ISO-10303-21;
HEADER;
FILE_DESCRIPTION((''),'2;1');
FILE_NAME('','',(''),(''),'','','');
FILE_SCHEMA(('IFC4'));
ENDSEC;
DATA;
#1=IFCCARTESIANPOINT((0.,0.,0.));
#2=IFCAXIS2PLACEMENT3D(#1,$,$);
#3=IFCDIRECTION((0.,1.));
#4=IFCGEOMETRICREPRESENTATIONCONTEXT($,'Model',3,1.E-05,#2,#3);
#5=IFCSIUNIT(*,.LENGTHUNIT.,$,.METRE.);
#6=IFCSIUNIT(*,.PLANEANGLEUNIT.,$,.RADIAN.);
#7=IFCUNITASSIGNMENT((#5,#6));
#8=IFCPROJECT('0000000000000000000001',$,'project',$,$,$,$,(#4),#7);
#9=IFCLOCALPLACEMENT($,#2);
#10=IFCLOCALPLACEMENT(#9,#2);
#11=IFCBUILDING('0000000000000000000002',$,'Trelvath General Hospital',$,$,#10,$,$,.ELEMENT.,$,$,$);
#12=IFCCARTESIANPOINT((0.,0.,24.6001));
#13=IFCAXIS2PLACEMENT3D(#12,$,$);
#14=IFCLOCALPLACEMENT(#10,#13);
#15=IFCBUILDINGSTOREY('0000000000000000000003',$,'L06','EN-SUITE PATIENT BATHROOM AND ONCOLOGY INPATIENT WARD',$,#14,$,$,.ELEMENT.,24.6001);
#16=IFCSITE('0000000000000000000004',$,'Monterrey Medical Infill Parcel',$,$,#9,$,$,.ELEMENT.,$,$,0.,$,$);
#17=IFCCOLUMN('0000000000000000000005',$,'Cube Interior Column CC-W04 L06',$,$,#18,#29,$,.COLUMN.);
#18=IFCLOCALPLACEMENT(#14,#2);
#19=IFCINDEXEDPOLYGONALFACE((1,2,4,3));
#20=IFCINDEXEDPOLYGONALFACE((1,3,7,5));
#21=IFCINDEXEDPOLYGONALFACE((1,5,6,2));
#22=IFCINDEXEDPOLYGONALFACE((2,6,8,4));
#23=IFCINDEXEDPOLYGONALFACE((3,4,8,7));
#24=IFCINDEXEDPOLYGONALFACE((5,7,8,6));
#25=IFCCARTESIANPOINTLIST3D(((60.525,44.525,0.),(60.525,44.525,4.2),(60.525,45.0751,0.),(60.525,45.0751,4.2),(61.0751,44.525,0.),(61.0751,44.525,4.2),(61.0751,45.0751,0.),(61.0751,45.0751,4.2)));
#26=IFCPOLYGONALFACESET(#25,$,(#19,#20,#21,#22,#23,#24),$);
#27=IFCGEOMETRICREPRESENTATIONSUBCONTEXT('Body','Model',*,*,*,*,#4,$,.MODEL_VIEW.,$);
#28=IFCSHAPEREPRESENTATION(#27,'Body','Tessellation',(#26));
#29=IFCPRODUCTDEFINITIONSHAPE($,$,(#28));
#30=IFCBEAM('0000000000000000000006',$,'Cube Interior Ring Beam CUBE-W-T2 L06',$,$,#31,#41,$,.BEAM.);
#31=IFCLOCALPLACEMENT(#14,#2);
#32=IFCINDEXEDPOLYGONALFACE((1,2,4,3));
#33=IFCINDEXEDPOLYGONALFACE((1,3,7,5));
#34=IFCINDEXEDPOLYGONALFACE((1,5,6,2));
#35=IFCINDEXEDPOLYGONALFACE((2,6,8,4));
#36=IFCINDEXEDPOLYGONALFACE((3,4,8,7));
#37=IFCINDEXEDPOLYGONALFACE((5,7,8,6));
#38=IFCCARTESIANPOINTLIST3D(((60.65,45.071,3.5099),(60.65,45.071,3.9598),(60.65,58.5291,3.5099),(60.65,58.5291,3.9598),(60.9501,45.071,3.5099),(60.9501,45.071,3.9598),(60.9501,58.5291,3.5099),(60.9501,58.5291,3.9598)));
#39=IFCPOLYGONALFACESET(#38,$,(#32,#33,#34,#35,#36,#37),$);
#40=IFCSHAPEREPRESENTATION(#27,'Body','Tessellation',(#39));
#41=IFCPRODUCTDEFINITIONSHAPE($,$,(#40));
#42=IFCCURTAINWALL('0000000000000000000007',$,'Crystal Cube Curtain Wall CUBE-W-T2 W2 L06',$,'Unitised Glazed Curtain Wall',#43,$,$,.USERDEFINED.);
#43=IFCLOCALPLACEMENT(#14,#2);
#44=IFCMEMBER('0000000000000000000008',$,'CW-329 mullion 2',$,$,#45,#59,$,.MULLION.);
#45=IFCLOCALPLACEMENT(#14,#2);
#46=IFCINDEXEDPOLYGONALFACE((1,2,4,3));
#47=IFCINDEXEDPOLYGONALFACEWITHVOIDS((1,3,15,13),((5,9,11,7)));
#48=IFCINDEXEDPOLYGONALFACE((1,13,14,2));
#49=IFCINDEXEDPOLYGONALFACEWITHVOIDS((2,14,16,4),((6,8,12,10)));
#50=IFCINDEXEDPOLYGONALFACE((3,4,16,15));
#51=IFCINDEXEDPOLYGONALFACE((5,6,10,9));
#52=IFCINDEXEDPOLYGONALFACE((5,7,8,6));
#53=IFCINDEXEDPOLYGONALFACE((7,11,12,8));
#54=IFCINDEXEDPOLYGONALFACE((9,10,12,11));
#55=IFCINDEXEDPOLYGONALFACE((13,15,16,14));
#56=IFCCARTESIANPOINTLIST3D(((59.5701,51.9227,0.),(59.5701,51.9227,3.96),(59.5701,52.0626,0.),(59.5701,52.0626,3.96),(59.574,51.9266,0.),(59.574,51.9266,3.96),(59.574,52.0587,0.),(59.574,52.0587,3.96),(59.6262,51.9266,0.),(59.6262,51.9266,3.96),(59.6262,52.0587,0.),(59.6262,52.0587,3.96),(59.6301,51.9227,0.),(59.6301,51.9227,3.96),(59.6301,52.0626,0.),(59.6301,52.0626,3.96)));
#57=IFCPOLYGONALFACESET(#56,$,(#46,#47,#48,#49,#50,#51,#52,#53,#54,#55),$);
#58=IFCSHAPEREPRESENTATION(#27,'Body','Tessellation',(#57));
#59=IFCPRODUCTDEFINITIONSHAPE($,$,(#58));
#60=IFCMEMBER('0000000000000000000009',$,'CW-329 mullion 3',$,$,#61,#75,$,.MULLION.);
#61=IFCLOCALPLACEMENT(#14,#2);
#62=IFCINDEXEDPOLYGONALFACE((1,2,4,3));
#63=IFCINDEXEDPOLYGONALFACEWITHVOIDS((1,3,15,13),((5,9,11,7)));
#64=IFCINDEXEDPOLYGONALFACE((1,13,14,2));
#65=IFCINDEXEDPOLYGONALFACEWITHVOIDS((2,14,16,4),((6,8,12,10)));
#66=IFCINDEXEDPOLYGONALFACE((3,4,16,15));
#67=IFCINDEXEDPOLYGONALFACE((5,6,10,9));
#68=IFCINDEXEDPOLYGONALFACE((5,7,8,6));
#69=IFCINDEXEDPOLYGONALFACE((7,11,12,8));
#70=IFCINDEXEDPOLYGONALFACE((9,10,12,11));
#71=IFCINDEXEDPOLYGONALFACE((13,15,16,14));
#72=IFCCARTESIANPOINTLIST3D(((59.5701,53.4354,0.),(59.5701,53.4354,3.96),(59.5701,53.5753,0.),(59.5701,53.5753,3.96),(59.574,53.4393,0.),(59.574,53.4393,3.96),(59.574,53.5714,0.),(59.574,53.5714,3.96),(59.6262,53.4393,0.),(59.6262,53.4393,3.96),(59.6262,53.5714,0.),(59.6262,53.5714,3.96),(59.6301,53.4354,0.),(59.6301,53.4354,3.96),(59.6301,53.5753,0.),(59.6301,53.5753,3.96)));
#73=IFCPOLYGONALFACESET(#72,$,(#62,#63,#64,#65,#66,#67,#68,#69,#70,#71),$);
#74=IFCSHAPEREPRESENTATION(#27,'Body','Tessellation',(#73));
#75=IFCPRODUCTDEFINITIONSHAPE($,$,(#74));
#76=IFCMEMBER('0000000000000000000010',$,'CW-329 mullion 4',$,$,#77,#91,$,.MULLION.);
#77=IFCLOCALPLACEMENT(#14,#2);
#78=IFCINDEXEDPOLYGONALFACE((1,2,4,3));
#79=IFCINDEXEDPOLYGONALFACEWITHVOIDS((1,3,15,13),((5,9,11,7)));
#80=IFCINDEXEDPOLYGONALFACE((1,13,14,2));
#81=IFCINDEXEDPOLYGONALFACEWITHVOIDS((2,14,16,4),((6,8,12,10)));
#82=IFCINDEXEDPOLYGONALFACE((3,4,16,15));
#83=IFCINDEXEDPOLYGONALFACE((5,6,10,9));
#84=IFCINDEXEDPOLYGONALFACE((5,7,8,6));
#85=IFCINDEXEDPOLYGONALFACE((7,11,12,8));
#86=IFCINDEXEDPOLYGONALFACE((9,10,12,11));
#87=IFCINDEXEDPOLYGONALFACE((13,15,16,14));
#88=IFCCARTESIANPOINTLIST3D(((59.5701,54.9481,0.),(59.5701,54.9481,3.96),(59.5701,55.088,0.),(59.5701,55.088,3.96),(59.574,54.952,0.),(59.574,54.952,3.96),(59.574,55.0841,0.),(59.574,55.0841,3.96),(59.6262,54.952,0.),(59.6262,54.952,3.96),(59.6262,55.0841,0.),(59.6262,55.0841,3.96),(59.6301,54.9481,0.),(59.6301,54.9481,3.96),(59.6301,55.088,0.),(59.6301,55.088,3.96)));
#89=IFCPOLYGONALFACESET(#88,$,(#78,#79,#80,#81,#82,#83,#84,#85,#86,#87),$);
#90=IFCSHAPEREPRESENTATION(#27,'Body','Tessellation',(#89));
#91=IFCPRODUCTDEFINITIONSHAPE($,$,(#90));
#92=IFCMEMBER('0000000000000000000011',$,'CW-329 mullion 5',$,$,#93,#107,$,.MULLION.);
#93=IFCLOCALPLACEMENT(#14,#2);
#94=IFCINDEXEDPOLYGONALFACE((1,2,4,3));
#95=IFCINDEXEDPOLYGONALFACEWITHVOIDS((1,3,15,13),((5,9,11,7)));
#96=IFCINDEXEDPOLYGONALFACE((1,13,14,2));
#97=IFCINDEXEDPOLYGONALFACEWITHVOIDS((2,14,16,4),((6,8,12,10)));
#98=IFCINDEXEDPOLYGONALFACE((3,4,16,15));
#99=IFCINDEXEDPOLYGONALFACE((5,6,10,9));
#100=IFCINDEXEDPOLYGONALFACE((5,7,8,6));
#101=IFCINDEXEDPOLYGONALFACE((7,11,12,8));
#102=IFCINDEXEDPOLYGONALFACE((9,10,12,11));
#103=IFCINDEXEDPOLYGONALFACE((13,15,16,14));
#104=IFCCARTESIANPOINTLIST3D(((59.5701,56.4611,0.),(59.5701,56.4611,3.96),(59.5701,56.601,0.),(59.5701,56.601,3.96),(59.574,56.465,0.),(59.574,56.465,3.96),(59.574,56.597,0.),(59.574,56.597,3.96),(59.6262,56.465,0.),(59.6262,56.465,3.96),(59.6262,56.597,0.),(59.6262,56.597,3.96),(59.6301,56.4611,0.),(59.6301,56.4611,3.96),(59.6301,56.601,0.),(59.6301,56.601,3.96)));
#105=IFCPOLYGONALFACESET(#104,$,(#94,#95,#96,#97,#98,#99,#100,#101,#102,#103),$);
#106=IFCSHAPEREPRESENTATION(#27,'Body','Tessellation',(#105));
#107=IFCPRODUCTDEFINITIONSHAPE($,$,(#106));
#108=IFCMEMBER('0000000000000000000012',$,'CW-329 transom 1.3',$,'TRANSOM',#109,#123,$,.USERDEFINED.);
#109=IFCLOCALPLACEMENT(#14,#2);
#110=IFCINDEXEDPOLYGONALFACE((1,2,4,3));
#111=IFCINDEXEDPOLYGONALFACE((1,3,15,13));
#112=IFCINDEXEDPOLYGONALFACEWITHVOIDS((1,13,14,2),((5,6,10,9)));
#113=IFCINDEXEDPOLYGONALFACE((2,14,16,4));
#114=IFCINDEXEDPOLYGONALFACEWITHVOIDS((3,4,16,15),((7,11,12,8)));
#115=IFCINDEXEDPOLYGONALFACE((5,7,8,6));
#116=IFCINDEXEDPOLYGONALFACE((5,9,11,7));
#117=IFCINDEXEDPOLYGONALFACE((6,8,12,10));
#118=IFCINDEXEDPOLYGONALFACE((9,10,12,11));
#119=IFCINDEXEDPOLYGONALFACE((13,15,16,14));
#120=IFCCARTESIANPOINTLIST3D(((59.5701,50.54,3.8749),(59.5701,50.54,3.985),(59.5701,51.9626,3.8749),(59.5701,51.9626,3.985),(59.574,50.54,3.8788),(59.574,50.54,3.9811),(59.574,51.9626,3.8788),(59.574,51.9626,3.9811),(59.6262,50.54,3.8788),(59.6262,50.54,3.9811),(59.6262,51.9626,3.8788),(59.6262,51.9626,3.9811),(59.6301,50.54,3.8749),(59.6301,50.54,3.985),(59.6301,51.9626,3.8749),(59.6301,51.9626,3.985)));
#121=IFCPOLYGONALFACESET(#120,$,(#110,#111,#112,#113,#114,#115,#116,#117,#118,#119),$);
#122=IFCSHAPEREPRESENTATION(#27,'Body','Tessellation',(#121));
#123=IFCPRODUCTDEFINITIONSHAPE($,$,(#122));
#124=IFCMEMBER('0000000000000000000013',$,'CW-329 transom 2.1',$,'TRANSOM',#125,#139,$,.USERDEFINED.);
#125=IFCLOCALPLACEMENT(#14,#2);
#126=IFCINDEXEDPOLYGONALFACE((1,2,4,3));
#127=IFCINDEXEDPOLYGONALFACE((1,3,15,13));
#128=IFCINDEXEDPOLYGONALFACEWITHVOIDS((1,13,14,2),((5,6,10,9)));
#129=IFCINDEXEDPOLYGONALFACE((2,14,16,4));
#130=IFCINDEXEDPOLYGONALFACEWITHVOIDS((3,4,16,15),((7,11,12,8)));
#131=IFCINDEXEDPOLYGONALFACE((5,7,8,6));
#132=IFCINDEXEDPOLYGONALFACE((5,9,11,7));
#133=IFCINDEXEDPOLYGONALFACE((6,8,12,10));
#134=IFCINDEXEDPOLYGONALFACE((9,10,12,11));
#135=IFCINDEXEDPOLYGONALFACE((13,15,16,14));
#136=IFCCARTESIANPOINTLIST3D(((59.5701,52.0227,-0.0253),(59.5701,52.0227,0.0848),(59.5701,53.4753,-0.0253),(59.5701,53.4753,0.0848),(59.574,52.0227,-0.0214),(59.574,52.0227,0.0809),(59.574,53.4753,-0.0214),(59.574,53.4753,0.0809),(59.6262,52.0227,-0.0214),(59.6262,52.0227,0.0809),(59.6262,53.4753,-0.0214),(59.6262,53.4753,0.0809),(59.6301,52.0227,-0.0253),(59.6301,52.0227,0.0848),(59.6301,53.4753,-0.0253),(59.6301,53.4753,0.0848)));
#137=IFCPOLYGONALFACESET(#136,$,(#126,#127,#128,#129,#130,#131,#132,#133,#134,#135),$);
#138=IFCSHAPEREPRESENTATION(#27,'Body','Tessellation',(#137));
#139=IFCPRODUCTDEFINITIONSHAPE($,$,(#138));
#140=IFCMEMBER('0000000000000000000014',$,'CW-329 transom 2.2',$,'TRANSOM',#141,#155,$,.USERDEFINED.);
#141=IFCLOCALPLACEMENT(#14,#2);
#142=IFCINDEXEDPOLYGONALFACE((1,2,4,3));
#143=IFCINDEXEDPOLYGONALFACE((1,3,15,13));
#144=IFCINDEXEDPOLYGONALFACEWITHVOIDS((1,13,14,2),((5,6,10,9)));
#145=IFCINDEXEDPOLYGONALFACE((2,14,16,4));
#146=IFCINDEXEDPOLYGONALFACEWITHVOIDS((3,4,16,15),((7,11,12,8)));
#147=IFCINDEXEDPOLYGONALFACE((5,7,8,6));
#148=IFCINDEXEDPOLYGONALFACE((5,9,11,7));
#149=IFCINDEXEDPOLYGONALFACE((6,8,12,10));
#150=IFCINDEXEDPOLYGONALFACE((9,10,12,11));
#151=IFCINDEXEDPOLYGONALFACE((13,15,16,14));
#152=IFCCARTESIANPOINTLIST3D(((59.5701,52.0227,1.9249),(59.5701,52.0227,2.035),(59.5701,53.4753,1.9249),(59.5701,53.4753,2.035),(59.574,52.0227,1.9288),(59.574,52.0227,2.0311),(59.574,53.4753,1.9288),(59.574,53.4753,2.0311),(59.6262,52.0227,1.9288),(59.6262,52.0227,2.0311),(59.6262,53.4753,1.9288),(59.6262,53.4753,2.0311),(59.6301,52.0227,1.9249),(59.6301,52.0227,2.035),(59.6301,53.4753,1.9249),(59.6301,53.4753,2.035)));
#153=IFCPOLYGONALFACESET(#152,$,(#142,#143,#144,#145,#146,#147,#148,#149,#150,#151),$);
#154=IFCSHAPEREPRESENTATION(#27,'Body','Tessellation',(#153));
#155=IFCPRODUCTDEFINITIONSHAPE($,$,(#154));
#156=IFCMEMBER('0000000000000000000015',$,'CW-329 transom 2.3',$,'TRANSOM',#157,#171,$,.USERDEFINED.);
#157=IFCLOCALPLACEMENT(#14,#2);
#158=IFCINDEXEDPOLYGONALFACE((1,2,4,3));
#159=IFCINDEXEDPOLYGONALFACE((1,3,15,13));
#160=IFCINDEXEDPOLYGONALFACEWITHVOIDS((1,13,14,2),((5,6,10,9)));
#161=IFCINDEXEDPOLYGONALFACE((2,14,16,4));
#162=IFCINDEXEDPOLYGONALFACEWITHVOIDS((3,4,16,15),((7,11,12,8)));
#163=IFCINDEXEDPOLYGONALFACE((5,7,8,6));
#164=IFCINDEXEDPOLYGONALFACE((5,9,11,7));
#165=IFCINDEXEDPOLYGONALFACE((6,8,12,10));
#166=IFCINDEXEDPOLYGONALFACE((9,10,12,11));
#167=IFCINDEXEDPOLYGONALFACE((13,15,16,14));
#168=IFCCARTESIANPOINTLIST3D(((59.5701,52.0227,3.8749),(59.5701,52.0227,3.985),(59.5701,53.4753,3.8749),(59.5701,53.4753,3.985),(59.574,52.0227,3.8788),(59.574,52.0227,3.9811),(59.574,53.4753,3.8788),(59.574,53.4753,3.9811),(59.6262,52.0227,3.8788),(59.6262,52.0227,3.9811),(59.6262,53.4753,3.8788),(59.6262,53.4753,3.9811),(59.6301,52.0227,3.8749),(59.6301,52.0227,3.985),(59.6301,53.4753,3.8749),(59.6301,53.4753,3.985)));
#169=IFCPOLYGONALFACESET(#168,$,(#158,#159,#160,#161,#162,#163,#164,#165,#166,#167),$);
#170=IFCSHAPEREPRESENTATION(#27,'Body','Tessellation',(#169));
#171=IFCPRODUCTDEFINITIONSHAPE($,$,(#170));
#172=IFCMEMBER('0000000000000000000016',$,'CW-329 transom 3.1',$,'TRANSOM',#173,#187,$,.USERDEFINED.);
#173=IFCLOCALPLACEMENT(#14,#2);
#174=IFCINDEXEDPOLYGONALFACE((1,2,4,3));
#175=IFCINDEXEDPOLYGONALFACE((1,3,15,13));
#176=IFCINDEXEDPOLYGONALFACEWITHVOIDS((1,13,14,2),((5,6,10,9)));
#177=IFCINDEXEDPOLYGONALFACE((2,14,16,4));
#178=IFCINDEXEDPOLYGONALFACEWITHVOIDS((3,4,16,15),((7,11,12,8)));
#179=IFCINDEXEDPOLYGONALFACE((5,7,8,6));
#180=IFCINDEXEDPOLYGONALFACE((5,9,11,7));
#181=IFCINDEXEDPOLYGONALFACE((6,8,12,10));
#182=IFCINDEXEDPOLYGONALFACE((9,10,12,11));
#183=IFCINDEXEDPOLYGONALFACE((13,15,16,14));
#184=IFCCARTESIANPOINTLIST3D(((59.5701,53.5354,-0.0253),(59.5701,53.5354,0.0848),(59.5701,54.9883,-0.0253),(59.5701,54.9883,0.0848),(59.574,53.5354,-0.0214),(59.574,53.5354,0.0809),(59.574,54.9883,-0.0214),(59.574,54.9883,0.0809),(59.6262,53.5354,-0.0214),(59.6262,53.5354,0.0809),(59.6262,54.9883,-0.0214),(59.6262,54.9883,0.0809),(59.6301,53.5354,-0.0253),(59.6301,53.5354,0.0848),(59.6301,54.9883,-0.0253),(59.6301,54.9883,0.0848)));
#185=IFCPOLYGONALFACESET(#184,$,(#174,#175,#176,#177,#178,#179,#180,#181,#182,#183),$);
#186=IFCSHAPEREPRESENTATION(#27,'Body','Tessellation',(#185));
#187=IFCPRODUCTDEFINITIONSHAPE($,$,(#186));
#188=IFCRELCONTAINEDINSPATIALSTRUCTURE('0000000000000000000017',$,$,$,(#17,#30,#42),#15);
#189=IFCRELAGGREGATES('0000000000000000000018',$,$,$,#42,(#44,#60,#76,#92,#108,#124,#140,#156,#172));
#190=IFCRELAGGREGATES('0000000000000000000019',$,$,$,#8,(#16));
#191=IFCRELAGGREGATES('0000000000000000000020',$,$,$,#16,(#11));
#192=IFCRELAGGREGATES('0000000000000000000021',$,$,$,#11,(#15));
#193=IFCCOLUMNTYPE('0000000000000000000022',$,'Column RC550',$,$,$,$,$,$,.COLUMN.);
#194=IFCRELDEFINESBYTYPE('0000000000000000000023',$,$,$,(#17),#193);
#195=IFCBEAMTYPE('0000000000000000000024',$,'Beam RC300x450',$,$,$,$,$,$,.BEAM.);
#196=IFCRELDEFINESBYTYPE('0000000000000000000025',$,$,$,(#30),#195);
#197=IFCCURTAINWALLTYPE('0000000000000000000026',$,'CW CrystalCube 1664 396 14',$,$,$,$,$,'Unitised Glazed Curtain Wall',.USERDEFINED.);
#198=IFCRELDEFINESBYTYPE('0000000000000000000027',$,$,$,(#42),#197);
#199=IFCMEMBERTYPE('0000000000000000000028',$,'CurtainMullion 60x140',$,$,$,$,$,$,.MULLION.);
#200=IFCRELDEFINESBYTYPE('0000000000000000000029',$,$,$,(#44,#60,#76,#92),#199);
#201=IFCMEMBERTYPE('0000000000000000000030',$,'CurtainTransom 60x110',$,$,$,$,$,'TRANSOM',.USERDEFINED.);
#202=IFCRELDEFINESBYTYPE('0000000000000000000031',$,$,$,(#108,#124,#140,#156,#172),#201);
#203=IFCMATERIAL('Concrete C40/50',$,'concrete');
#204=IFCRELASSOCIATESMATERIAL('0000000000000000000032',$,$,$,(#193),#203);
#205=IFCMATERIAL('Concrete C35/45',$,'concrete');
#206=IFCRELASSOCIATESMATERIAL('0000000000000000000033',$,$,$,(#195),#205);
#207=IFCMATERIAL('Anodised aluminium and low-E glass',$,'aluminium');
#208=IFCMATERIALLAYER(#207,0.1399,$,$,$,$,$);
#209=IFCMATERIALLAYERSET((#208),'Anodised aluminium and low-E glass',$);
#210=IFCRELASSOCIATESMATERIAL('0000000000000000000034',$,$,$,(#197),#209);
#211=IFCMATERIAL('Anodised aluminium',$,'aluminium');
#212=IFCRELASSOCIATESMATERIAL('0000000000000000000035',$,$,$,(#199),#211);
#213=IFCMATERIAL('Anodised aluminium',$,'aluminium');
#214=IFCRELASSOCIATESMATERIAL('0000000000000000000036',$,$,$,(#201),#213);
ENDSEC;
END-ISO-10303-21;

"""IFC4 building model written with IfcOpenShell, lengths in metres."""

from ifc_helpers import new_model, si_unit, direction, frame, origin, origin_2d, place, context, subcontext, project, spatial, rectangle, hollow_rectangle, extrude, material, layer, layer_set, material_profile, profile_set, type_object, element, aggregate, save


model = new_model("IFC4")

# Units and contexts
model_context = context("Model", 3, precision=1e-05, world=origin(), true_north=direction((0.0, 1.0)))
body_context = subcontext(model_context, "Body", "Model", "MODEL_VIEW")
ifc_project = project(units=[si_unit("LENGTHUNIT", "METRE"), si_unit("PLANEANGLEUNIT", "RADIAN")], contexts=[model_context])

# Site, building, storey
site_placement = place(None, origin())
site = spatial("IfcSite", under=ifc_project, at=site_placement, Name="Monterrey Medical Infill Parcel", CompositionType="ELEMENT", RefElevation=0.0)
building_placement = place(site_placement, origin())
building = spatial("IfcBuilding", under=site, at=building_placement, Name="Trelvath General Hospital", CompositionType="ELEMENT")
storey_placement = place(building_placement, frame((0.0, 0.0, 24.6001)))
storey = spatial("IfcBuildingStorey", under=building, at=storey_placement, Name="L06", Description="EN-SUITE PATIENT BATHROOM AND ONCOLOGY INPATIENT WARD", CompositionType="ELEMENT", Elevation=24.6001)

# Column
ifc_material_1 = material(Name="Concrete C40/50", Category="concrete")
ifc_material_profile_1 = material_profile(ifc_material_1, rectangle(XDim=0.55, YDim=0.55, at=origin_2d()), Name="RC550x550")
ifc_profile_set_1 = profile_set([ifc_material_profile_1], Name="Concrete C40/50")
column_type = type_object("IfcColumnType", Name="Column RC550", PredefinedType="COLUMN", material=ifc_profile_set_1)
column_placement = place(storey_placement, frame((60.8, 44.8, 0.0), z_axis=(0.0, 0.0, 1.0), x_axis=(1.0, 0.0, 0.0)))
element("IfcColumn", 1, at=column_placement, inside=storey, type_object=column_type, Name="Cube Interior Column CC-W04 L06", PredefinedType="COLUMN", context=body_context, shape_type="SweptSolid", body=[
    extrude(rectangle(XDim=0.55, YDim=0.55, at=origin_2d()), origin(), (0.0, 0.0, 1.0), 4.2),
])

# Beam
ifc_material_2 = material(Name="Concrete C35/45", Category="concrete")
ifc_material_profile_2 = material_profile(ifc_material_2, rectangle(XDim=0.3, YDim=0.45, at=origin_2d()), Name="RCB300x450")
ifc_profile_set_2 = profile_set([ifc_material_profile_2], Name="Concrete C35/45")
beam_type = type_object("IfcBeamType", Name="Beam RC300x450", PredefinedType="BEAM", material=ifc_profile_set_2)
beam_placement = place(storey_placement, frame((60.8, 45.071, 3.7349), z_axis=(0.0, 1.0, 0.0), x_axis=(-1.0, 0.0, 0.0)))
element("IfcBeam", 2, at=beam_placement, inside=storey, type_object=beam_type, Name="Cube Interior Ring Beam CUBE-W-T2 L06", PredefinedType="BEAM", context=body_context, shape_type="SweptSolid", body=[
    extrude(rectangle(XDim=0.3, YDim=0.45, at=origin_2d()), origin(), (0.0, 0.0, 1.0), 13.458),
])

# Curtain wall, members
ifc_material_3 = material(Name="Anodised aluminium and low-E glass", Category="aluminium")
ifc_layer_1 = layer(ifc_material_3, 0.1399)
ifc_layer_set_1 = layer_set([ifc_layer_1], Name="Anodised aluminium and low-E glass")
curtain_wall_type_1 = type_object("IfcCurtainWallType", Name="CW CrystalCube 1664 396 14", ElementType="Unitised Glazed Curtain Wall", PredefinedType="USERDEFINED", material=ifc_layer_set_1)
curtain_wall_1_placement = place(storey_placement, origin())
curtain_wall_1 = element("IfcCurtainWall", 3, at=curtain_wall_1_placement, inside=storey, type_object=curtain_wall_type_1, Name="Crystal Cube Curtain Wall CUBE-W-T2 W2 L06", ObjectType="Unitised Glazed Curtain Wall", PredefinedType="USERDEFINED")
ifc_material_4 = material(Name="Anodised aluminium", Category="aluminium")
ifc_material_profile_3 = material_profile(ifc_material_4, hollow_rectangle(XDim=0.0601, YDim=0.1399, WallThickness=0.0039, at=origin_2d()), Name="RHS60x140x4")
ifc_profile_set_3 = profile_set([ifc_material_profile_3], Name="Anodised aluminium")
member_type_1 = type_object("IfcMemberType", Name="CurtainMullion 60x140", PredefinedType="MULLION", material=ifc_profile_set_3)
member_1_placement = place(storey_placement, frame((59.6001, 51.9927, 0.0), z_axis=(0.0, 0.0, 1.0), x_axis=(-1.0, 0.0, 0.0)))
member_1 = element("IfcMember", 4, at=member_1_placement, type_object=member_type_1, Name="CW-329 mullion 2", PredefinedType="MULLION", context=body_context, shape_type="SweptSolid", body=[
    extrude(hollow_rectangle(XDim=0.0601, YDim=0.1399, WallThickness=0.0039, at=origin_2d()), origin(), (0.0, 0.0, 1.0), 3.96),
])
member_2_placement = place(storey_placement, frame((59.6001, 53.5054, 0.0), z_axis=(0.0, 0.0, 1.0), x_axis=(-1.0, 0.0, 0.0)))
member_2 = element("IfcMember", 5, at=member_2_placement, type_object=member_type_1, Name="CW-329 mullion 3", PredefinedType="MULLION", context=body_context, shape_type="SweptSolid", body=[
    extrude(hollow_rectangle(XDim=0.0601, YDim=0.1399, WallThickness=0.0039, at=origin_2d()), origin(), (0.0, 0.0, 1.0), 3.96),
])
member_3_placement = place(storey_placement, frame((59.6001, 55.0181, 0.0), z_axis=(0.0, 0.0, 1.0), x_axis=(-1.0, 0.0, 0.0)))
member_3 = element("IfcMember", 6, at=member_3_placement, type_object=member_type_1, Name="CW-329 mullion 4", PredefinedType="MULLION", context=body_context, shape_type="SweptSolid", body=[
    extrude(hollow_rectangle(XDim=0.0601, YDim=0.1399, WallThickness=0.0039, at=origin_2d()), origin(), (0.0, 0.0, 1.0), 3.96),
])
member_4_placement = place(storey_placement, frame((59.6001, 56.531, 0.0), z_axis=(0.0, 0.0, 1.0), x_axis=(-1.0, 0.0, 0.0)))
member_4 = element("IfcMember", 7, at=member_4_placement, type_object=member_type_1, Name="CW-329 mullion 5", PredefinedType="MULLION", context=body_context, shape_type="SweptSolid", body=[
    extrude(hollow_rectangle(XDim=0.0601, YDim=0.1399, WallThickness=0.0039, at=origin_2d()), origin(), (0.0, 0.0, 1.0), 3.96),
])
ifc_material_5 = material(Name="Anodised aluminium", Category="aluminium")
ifc_material_profile_4 = material_profile(ifc_material_5, hollow_rectangle(XDim=0.0601, YDim=0.1101, WallThickness=0.0039, at=origin_2d()), Name="RHS60x110x4")
ifc_profile_set_4 = profile_set([ifc_material_profile_4], Name="Anodised aluminium")
member_type_2 = type_object("IfcMemberType", Name="CurtainTransom 60x110", ElementType="TRANSOM", PredefinedType="USERDEFINED", material=ifc_profile_set_4)
member_5_placement = place(storey_placement, frame((59.6001, 50.54, 3.9299), z_axis=(0.0, 1.0, 0.0), x_axis=(-1.0, 0.0, 0.0)))
member_5 = element("IfcMember", 8, at=member_5_placement, type_object=member_type_2, Name="CW-329 transom 1.3", ObjectType="TRANSOM", PredefinedType="USERDEFINED", context=body_context, shape_type="SweptSolid", body=[
    extrude(hollow_rectangle(XDim=0.0601, YDim=0.1101, WallThickness=0.0039, at=origin_2d()), origin(), (0.0, 0.0, 1.0), 1.4226),
])
member_6_placement = place(storey_placement, frame((59.6001, 52.0227, 0.0298), z_axis=(0.0, 1.0, 0.0), x_axis=(-1.0, 0.0, 0.0)))
member_6 = element("IfcMember", 9, at=member_6_placement, type_object=member_type_2, Name="CW-329 transom 2.1", ObjectType="TRANSOM", PredefinedType="USERDEFINED", context=body_context, shape_type="SweptSolid", body=[
    extrude(hollow_rectangle(XDim=0.0601, YDim=0.1101, WallThickness=0.0039, at=origin_2d()), origin(), (0.0, 0.0, 1.0), 1.4526),
])
member_7_placement = place(storey_placement, frame((59.6001, 52.0227, 1.98), z_axis=(0.0, 1.0, 0.0), x_axis=(-1.0, 0.0, 0.0)))
member_7 = element("IfcMember", 10, at=member_7_placement, type_object=member_type_2, Name="CW-329 transom 2.2", ObjectType="TRANSOM", PredefinedType="USERDEFINED", context=body_context, shape_type="SweptSolid", body=[
    extrude(hollow_rectangle(XDim=0.0601, YDim=0.1101, WallThickness=0.0039, at=origin_2d()), origin(), (0.0, 0.0, 1.0), 1.4526),
])
member_8_placement = place(storey_placement, frame((59.6001, 52.0227, 3.9299), z_axis=(0.0, 1.0, 0.0), x_axis=(-1.0, 0.0, 0.0)))
member_8 = element("IfcMember", 11, at=member_8_placement, type_object=member_type_2, Name="CW-329 transom 2.3", ObjectType="TRANSOM", PredefinedType="USERDEFINED", context=body_context, shape_type="SweptSolid", body=[
    extrude(hollow_rectangle(XDim=0.0601, YDim=0.1101, WallThickness=0.0039, at=origin_2d()), origin(), (0.0, 0.0, 1.0), 1.4526),
])
member_9_placement = place(storey_placement, frame((59.6001, 53.5354, 0.0298), z_axis=(0.0, 1.0, 0.0), x_axis=(-1.0, 0.0, 0.0)))
member_9 = element("IfcMember", 12, at=member_9_placement, type_object=member_type_2, Name="CW-329 transom 3.1", ObjectType="TRANSOM", PredefinedType="USERDEFINED", context=body_context, shape_type="SweptSolid", body=[
    extrude(hollow_rectangle(XDim=0.0601, YDim=0.1101, WallThickness=0.0039, at=origin_2d()), origin(), (0.0, 0.0, 1.0), 1.4529),
])

aggregate(curtain_wall_1, [member_1, member_2, member_3, member_4, member_5, member_6, member_7, member_8, member_9])

save(model, "model.ifc")
